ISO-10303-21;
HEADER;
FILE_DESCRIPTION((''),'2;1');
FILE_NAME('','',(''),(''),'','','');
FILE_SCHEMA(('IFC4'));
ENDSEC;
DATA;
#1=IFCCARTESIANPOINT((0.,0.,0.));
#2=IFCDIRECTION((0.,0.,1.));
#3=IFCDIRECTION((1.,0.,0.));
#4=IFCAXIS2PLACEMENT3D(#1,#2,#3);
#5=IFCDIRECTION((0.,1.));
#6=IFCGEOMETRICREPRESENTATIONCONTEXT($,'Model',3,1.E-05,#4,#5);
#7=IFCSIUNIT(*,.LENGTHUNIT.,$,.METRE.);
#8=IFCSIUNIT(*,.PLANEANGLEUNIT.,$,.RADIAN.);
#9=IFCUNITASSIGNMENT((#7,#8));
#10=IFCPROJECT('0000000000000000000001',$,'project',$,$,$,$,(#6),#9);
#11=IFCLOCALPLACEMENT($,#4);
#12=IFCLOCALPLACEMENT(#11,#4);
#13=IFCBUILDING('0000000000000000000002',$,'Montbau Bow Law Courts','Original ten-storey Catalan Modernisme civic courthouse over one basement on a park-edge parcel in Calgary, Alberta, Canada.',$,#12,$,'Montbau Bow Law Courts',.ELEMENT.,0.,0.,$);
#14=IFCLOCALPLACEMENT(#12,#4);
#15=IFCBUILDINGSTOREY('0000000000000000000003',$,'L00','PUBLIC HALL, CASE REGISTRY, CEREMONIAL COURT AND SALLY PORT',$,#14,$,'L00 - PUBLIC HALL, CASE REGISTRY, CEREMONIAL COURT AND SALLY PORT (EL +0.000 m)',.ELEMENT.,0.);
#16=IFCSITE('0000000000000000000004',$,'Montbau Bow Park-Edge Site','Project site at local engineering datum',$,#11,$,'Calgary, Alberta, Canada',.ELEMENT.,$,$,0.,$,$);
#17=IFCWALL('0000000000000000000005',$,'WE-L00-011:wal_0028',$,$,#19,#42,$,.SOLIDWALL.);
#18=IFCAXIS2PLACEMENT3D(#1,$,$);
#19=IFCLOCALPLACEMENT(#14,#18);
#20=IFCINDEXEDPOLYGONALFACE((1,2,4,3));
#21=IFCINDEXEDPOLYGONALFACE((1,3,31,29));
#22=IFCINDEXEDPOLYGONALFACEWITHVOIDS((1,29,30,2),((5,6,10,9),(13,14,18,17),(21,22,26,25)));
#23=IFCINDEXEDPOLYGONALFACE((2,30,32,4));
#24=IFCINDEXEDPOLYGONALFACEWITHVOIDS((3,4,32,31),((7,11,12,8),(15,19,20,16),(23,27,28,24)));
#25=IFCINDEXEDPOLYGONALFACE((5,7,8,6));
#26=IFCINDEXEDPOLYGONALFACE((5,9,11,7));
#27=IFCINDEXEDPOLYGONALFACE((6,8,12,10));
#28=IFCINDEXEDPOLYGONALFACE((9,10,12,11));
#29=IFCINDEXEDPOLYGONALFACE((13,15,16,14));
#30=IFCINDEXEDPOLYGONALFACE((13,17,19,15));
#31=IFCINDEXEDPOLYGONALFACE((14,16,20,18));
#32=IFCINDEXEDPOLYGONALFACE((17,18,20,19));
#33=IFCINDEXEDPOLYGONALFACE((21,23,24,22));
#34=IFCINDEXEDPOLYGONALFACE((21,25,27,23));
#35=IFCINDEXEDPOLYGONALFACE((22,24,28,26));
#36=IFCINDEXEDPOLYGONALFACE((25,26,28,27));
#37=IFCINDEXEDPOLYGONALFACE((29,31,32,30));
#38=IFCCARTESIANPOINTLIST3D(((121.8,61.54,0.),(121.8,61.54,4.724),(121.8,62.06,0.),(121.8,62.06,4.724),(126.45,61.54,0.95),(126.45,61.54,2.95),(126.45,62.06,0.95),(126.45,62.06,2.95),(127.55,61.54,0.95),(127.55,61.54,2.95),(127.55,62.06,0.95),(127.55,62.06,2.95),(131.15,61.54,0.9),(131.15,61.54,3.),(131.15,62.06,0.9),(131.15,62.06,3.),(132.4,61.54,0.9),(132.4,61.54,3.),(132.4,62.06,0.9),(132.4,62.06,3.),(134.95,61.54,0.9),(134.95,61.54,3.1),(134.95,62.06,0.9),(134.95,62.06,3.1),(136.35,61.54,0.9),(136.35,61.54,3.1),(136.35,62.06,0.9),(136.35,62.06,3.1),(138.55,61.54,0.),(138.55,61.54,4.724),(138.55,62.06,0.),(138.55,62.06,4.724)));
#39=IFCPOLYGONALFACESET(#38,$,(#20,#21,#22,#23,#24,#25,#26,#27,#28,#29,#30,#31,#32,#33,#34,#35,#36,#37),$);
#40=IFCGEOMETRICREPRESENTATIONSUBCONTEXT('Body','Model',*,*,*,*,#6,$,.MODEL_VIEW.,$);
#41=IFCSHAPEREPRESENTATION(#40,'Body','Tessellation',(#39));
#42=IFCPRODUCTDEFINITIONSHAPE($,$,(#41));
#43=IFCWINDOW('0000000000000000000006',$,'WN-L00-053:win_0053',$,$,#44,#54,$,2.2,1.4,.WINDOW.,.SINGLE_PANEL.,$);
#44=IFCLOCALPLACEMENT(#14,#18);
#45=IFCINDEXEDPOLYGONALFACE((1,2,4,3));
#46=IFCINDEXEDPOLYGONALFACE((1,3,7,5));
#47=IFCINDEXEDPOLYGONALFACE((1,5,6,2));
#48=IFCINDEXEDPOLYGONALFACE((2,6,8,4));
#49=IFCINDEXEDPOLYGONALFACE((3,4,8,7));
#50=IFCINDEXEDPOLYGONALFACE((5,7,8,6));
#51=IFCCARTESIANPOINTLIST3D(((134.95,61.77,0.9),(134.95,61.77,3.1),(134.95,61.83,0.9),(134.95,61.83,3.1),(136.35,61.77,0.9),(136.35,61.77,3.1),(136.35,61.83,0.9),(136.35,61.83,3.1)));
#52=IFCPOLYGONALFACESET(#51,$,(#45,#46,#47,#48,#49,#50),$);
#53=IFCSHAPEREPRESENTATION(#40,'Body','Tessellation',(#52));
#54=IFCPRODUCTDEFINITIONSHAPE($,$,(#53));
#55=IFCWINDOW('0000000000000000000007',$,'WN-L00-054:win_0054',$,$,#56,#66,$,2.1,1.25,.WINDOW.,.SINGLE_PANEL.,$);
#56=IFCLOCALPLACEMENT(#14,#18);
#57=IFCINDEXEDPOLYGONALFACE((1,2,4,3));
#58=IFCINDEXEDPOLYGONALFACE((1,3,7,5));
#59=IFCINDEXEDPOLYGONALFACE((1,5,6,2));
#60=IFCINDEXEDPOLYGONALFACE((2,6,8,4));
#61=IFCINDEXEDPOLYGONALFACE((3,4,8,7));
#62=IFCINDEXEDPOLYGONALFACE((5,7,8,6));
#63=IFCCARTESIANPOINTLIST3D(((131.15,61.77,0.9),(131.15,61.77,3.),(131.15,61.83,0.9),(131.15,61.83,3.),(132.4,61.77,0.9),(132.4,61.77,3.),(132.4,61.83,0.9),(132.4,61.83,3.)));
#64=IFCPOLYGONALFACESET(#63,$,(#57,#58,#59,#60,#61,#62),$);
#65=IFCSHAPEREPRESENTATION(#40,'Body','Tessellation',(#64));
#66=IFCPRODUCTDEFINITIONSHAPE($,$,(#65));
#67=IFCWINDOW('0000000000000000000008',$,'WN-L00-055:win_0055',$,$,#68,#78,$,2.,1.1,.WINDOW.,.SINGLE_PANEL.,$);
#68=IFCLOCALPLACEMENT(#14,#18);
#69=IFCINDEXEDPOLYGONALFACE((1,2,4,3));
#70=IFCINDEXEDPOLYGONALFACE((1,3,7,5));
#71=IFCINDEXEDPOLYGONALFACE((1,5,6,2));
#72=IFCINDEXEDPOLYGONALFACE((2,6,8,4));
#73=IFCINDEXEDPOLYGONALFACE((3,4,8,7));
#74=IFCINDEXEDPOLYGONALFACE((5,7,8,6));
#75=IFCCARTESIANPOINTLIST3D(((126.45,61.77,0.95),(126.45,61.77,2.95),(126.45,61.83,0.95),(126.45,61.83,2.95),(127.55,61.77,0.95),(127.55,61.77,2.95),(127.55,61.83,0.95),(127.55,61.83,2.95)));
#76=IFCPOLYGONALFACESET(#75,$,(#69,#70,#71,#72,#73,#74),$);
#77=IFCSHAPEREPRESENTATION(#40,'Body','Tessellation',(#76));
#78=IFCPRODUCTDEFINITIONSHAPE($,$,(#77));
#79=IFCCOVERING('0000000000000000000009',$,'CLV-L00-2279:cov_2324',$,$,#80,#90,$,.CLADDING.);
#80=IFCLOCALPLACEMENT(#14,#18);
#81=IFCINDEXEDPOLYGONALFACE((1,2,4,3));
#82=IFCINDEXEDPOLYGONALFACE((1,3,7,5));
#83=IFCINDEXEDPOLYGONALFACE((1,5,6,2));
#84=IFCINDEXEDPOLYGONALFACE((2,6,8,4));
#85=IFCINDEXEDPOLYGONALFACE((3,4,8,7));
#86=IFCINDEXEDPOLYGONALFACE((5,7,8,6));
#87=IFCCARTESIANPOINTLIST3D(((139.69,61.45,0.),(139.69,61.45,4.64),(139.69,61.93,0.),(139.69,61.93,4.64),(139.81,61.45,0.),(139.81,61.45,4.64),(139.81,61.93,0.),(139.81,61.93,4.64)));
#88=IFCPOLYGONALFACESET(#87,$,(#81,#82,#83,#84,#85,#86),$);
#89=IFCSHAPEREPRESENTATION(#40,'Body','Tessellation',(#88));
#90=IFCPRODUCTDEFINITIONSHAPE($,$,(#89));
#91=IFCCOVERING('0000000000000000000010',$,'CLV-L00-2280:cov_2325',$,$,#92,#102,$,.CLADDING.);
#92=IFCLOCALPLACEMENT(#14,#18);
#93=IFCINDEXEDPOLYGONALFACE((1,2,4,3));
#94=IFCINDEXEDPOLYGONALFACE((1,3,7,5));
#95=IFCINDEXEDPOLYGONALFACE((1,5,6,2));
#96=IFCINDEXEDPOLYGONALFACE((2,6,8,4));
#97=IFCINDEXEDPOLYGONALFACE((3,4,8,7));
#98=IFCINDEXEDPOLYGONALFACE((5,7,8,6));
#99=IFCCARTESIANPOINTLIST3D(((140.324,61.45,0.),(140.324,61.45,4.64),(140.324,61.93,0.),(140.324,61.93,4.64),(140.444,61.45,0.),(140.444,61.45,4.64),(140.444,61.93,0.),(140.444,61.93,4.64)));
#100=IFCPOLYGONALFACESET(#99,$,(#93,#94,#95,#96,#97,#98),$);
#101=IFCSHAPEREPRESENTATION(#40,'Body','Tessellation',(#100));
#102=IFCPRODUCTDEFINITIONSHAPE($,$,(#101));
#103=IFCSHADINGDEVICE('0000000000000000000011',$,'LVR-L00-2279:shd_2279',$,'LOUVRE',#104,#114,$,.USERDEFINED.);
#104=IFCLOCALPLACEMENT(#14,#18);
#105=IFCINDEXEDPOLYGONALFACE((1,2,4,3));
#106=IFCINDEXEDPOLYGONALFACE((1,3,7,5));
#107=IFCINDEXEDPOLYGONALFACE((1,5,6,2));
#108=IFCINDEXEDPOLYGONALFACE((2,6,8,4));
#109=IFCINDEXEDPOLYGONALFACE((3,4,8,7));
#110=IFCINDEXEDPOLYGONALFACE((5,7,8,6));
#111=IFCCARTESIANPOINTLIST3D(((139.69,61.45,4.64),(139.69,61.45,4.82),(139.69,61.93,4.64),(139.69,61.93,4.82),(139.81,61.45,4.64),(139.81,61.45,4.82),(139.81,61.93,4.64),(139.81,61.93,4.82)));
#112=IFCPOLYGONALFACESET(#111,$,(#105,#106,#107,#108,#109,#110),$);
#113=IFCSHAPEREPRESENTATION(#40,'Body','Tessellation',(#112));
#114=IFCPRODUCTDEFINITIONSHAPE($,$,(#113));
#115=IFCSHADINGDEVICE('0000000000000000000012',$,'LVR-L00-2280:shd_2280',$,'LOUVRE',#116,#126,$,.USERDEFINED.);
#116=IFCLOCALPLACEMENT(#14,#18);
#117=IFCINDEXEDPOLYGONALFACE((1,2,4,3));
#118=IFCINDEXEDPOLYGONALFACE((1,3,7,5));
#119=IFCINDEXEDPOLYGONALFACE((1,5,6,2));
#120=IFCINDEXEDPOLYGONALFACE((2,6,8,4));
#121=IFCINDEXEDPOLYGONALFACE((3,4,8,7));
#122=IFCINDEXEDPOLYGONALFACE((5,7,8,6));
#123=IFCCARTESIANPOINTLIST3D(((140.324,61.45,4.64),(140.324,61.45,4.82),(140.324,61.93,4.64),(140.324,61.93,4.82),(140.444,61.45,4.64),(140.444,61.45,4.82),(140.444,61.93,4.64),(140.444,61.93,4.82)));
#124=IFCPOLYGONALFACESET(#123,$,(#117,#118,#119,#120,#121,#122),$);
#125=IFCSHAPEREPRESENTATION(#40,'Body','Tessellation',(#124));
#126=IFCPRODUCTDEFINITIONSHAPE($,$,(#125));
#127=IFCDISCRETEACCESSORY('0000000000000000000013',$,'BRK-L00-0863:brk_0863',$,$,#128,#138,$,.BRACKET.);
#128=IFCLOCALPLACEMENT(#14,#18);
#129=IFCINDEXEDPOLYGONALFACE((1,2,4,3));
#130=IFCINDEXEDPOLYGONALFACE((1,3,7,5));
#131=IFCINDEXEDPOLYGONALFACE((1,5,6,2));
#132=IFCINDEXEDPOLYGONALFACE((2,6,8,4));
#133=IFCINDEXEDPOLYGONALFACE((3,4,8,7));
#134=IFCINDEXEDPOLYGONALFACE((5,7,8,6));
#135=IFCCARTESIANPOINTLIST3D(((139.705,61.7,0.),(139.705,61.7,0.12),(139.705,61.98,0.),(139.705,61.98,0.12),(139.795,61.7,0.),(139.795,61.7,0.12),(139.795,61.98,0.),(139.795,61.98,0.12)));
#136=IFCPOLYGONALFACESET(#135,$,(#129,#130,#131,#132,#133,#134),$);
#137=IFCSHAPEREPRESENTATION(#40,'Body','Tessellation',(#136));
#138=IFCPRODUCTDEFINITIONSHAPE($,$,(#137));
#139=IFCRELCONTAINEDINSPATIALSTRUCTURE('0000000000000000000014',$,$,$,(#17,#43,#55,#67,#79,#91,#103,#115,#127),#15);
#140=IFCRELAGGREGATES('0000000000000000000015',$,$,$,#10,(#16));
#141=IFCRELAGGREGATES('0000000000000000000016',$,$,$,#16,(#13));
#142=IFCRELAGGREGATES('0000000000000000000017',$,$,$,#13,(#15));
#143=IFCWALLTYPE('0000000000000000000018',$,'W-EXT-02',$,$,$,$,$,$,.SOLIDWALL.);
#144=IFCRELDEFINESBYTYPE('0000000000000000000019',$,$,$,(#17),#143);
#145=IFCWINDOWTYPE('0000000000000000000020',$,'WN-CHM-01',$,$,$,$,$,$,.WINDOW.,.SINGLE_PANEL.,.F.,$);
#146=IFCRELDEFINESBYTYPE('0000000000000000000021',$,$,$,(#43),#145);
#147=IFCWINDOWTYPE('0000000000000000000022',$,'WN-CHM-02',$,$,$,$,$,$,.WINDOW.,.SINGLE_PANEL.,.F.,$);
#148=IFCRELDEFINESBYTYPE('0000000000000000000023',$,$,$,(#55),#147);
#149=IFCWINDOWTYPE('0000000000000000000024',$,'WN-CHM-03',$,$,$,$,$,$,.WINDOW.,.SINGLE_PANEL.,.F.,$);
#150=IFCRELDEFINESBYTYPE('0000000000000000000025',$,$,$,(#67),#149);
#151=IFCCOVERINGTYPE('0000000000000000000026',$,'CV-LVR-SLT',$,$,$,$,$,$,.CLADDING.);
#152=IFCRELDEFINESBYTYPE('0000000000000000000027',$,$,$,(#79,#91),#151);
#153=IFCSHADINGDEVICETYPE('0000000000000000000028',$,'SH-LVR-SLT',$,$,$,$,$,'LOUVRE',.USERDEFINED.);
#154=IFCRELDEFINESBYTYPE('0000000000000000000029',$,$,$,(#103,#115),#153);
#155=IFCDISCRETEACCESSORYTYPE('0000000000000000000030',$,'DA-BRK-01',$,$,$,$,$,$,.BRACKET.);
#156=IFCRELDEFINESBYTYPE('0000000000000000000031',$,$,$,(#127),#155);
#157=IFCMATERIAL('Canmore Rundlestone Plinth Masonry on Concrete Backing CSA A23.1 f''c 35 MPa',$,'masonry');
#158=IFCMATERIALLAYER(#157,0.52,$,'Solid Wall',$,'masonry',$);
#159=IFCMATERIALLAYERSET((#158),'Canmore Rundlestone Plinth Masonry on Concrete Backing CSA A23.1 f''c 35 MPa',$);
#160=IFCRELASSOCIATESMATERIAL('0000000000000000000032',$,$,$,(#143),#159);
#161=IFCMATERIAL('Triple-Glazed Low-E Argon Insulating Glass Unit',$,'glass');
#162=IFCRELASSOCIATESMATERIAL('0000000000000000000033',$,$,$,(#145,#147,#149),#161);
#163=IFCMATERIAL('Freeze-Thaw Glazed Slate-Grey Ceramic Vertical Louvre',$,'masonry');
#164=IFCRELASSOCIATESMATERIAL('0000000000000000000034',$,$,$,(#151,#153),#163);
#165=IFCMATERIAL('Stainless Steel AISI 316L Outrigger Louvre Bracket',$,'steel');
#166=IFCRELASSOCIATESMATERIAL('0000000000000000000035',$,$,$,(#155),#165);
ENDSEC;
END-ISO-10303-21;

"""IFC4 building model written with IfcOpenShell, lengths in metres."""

from ifc_helpers import new_model, si_unit, direction, frame, frame_2d, origin_with_axes, origin_2d_with_axis, place, context, subcontext, project, spatial, rectangle, extrude, material, layer, layer_set, type_object, element, fill, save


model = new_model("IFC4")

# Units and contexts
model_context = context("Model", 3, precision=1e-05, world=origin_with_axes(), true_north=direction((0.0, 1.0)))
body_context = subcontext(model_context, "Body", "Model", "MODEL_VIEW")
ifc_project = project(units=[si_unit("LENGTHUNIT", "METRE"), si_unit("PLANEANGLEUNIT", "RADIAN")], contexts=[model_context])

# Site, building, storey
site_placement = place(None, origin_with_axes())
site = spatial("IfcSite", under=ifc_project, at=site_placement, Name="Montbau Bow Park-Edge Site", Description="Project site at local engineering datum", LongName="Calgary, Alberta, Canada", CompositionType="ELEMENT", RefElevation=0.0)
building_placement = place(site_placement, origin_with_axes())
building = spatial("IfcBuilding", under=site, at=building_placement, Name="Montbau Bow Law Courts", Description="Original ten-storey Catalan Modernisme civic courthouse over one basement on a park-edge parcel in Calgary, Alberta, Canada.", LongName="Montbau Bow Law Courts", CompositionType="ELEMENT", ElevationOfRefHeight=0.0, ElevationOfTerrain=0.0)
storey_placement = place(building_placement, origin_with_axes())
storey = spatial("IfcBuildingStorey", under=building, at=storey_placement, Name="L00", Description="PUBLIC HALL, CASE REGISTRY, CEREMONIAL COURT AND SALLY PORT", LongName="L00 - PUBLIC HALL, CASE REGISTRY, CEREMONIAL COURT AND SALLY PORT (EL +0.000 m)", CompositionType="ELEMENT", Elevation=0.0)

# Shared definitions
ifc_material_1 = material(Name="Triple-Glazed Low-E Argon Insulating Glass Unit", Category="glass")

# Wall, openings, windows
ifc_material_2 = material(Name="Canmore Rundlestone Plinth Masonry on Concrete Backing CSA A23.1 f'c 35 MPa", Category="masonry")
ifc_layer_1 = layer(ifc_material_2, 0.52, Name="Solid Wall", Category="masonry")
ifc_layer_set_1 = layer_set([ifc_layer_1], Name="Canmore Rundlestone Plinth Masonry on Concrete Backing CSA A23.1 f'c 35 MPa")
wall_type = type_object("IfcWallType", Name="W-EXT-02", PredefinedType="SOLIDWALL", material=ifc_layer_set_1)
wall_placement = place(None, frame((138.55, 61.8, 0.0), z_axis=(0.0, 0.0, 1.0), x_axis=(-1.0, 0.0, 0.0)))
wall = element("IfcWall", 1, at=wall_placement, inside=storey, type_object=wall_type, Name="WE-L00-011:wal_0028", PredefinedType="SOLIDWALL", context=body_context, shape_type="SweptSolid", body=[
    extrude(rectangle(XDim=16.75, YDim=0.52, at=frame_2d((8.375, 0.0), x_axis=(1.0, 0.0))), origin_with_axes(), (0.0, 0.0, 1.0), 4.724),
])
opening_1_placement = place(None, frame((135.65, 61.8, 0.9), z_axis=(0.0, 0.0, 1.0), x_axis=(-1.0, 0.0, 0.0)))
opening_1 = element("IfcOpeningElement", 2, at=opening_1_placement, cuts=wall, PredefinedType="OPENING", context=body_context, shape_type="SweptSolid", body=[
    extrude(rectangle(XDim=1.4, YDim=2.2, at=frame_2d((0.0, 1.1), x_axis=(1.0, 0.0))), frame((0.0, 0.27, 0.0), z_axis=(0.0, -1.0, 0.0), x_axis=(1.0, 0.0, 0.0)), (0.0, 0.0, 1.0), 0.54),
])
opening_2_placement = place(None, frame((131.775, 61.8, 0.9), z_axis=(0.0, 0.0, 1.0), x_axis=(-1.0, 0.0, 0.0)))
opening_2 = element("IfcOpeningElement", 3, at=opening_2_placement, cuts=wall, PredefinedType="OPENING", context=body_context, shape_type="SweptSolid", body=[
    extrude(rectangle(XDim=1.25, YDim=2.1, at=frame_2d((0.0, 1.05), x_axis=(1.0, 0.0))), frame((0.0, 0.27, 0.0), z_axis=(0.0, -1.0, 0.0), x_axis=(1.0, 0.0, 0.0)), (0.0, 0.0, 1.0), 0.54),
])
opening_3_placement = place(None, frame((127.0, 61.8, 0.95), z_axis=(0.0, 0.0, 1.0), x_axis=(-1.0, 0.0, 0.0)))
opening_3 = element("IfcOpeningElement", 4, at=opening_3_placement, cuts=wall, PredefinedType="OPENING", context=body_context, shape_type="SweptSolid", body=[
    extrude(rectangle(XDim=1.1, YDim=2.0, at=frame_2d((0.0, 1.0), x_axis=(1.0, 0.0))), frame((0.0, 0.27, 0.0), z_axis=(0.0, -1.0, 0.0), x_axis=(1.0, 0.0, 0.0)), (0.0, 0.0, 1.0), 0.54),
])
window_type_1 = type_object("IfcWindowType", Name="WN-CHM-01", ParameterTakesPrecedence=False, PartitioningType="SINGLE_PANEL", PredefinedType="WINDOW", material=ifc_material_1)
window_1_placement = place(None, frame((135.65, 61.8, 0.9), z_axis=(0.0, 0.0, 1.0), x_axis=(-1.0, 0.0, 0.0)))
window_1 = element("IfcWindow", 5, at=window_1_placement, inside=storey, type_object=window_type_1, Name="WN-L00-053:win_0053", OverallHeight=2.2, OverallWidth=1.4, PartitioningType="SINGLE_PANEL", PredefinedType="WINDOW", context=body_context, shape_type="SweptSolid", body=[
    extrude(rectangle(XDim=1.4, YDim=2.2, at=frame_2d((0.0, 1.1), x_axis=(1.0, 0.0))), frame((0.0, 0.03, 0.0), z_axis=(0.0, -1.0, 0.0), x_axis=(1.0, 0.0, 0.0)), (0.0, 0.0, 1.0), 0.06),
])
fill(opening_1, window_1)
window_type_2 = type_object("IfcWindowType", Name="WN-CHM-02", ParameterTakesPrecedence=False, PartitioningType="SINGLE_PANEL", PredefinedType="WINDOW", material=ifc_material_1)
window_2_placement = place(None, frame((131.775, 61.8, 0.9), z_axis=(0.0, 0.0, 1.0), x_axis=(-1.0, 0.0, 0.0)))
window_2 = element("IfcWindow", 6, at=window_2_placement, inside=storey, type_object=window_type_2, Name="WN-L00-054:win_0054", OverallHeight=2.1, OverallWidth=1.25, PartitioningType="SINGLE_PANEL", PredefinedType="WINDOW", context=body_context, shape_type="SweptSolid", body=[
    extrude(rectangle(XDim=1.25, YDim=2.1, at=frame_2d((0.0, 1.05), x_axis=(1.0, 0.0))), frame((0.0, 0.03, 0.0), z_axis=(0.0, -1.0, 0.0), x_axis=(1.0, 0.0, 0.0)), (0.0, 0.0, 1.0), 0.06),
])
fill(opening_2, window_2)
window_type_3 = type_object("IfcWindowType", Name="WN-CHM-03", ParameterTakesPrecedence=False, PartitioningType="SINGLE_PANEL", PredefinedType="WINDOW", material=ifc_material_1)
window_3_placement = place(None, frame((127.0, 61.8, 0.95), z_axis=(0.0, 0.0, 1.0), x_axis=(-1.0, 0.0, 0.0)))
window_3 = element("IfcWindow", 7, at=window_3_placement, inside=storey, type_object=window_type_3, Name="WN-L00-055:win_0055", OverallHeight=2.0, OverallWidth=1.1, PartitioningType="SINGLE_PANEL", PredefinedType="WINDOW", context=body_context, shape_type="SweptSolid", body=[
    extrude(rectangle(XDim=1.1, YDim=2.0, at=frame_2d((0.0, 1.0), x_axis=(1.0, 0.0))), frame((0.0, 0.03, 0.0), z_axis=(0.0, -1.0, 0.0), x_axis=(1.0, 0.0, 0.0)), (0.0, 0.0, 1.0), 0.06),
])
fill(opening_3, window_3)

# Coverings
ifc_material_3 = material(Name="Freeze-Thaw Glazed Slate-Grey Ceramic Vertical Louvre", Category="masonry")
covering_type = type_object("IfcCoveringType", Name="CV-LVR-SLT", PredefinedType="CLADDING", material=ifc_material_3)
for number, where, z_axis, x_axis, name in (
    (8, (139.75, 61.93, 0.0), (-1.0, 0.0, 0.0), (0.0, -1.0, 0.0), "CLV-L00-2279:cov_2324"),
    (9, (140.384, 61.93, 0.0), (-1.0, 0.0, 0.0), (0.0, -1.0, 0.0), "CLV-L00-2280:cov_2325"),
):
    element("IfcCovering", number, at=place(None, frame(where, z_axis=z_axis, x_axis=x_axis)), inside=storey, type_object=covering_type, Name=name, PredefinedType="CLADDING", context=body_context, shape_type="SweptSolid", body=[
        extrude(rectangle(XDim=0.48, YDim=4.64, at=frame_2d((0.24, 2.32), x_axis=(1.0, 0.0))), frame((0.0, 0.0, -0.06), z_axis=(0.0, 0.0, 1.0), x_axis=(1.0, 0.0, 0.0)), (0.0, 0.0, 1.0), 0.12),
    ])

# Shading devices
shading_device_type = type_object("IfcShadingDeviceType", Name="SH-LVR-SLT", ElementType="LOUVRE", PredefinedType="USERDEFINED", material=ifc_material_3)
for number, where, z_axis, x_axis, name in (
    (10, (139.75, 61.69, 4.64), (0.0, 0.0, 1.0), (0.0, -1.0, 0.0), "LVR-L00-2279:shd_2279"),
    (11, (140.384, 61.69, 4.64), (0.0, 0.0, 1.0), (0.0, -1.0, 0.0), "LVR-L00-2280:shd_2280"),
):
    element("IfcShadingDevice", number, at=place(None, frame(where, z_axis=z_axis, x_axis=x_axis)), inside=storey, type_object=shading_device_type, Name=name, ObjectType="LOUVRE", PredefinedType="USERDEFINED", context=body_context, shape_type="SweptSolid", body=[
        extrude(rectangle(XDim=0.48, YDim=0.12, at=origin_2d_with_axis()), origin_with_axes(), (0.0, 0.0, 1.0), 0.18),
    ])

# Discrete accessory
ifc_material_4 = material(Name="Stainless Steel AISI 316L Outrigger Louvre Bracket", Category="steel")
discrete_accessory_type = type_object("IfcDiscreteAccessoryType", Name="DA-BRK-01", PredefinedType="BRACKET", material=ifc_material_4)
discrete_accessory_placement = place(None, frame((139.75, 61.84, 0.0), z_axis=(0.0, 0.0, 1.0), x_axis=(0.0, -1.0, 0.0)))
element("IfcDiscreteAccessory", 12, at=discrete_accessory_placement, inside=storey, type_object=discrete_accessory_type, Name="BRK-L00-0863:brk_0863", PredefinedType="BRACKET", context=body_context, shape_type="SweptSolid", body=[
    extrude(rectangle(XDim=0.28, YDim=0.09, at=origin_2d_with_axis()), origin_with_axes(), (0.0, 0.0, 1.0), 0.12),
])

save(model, "model.ifc")
